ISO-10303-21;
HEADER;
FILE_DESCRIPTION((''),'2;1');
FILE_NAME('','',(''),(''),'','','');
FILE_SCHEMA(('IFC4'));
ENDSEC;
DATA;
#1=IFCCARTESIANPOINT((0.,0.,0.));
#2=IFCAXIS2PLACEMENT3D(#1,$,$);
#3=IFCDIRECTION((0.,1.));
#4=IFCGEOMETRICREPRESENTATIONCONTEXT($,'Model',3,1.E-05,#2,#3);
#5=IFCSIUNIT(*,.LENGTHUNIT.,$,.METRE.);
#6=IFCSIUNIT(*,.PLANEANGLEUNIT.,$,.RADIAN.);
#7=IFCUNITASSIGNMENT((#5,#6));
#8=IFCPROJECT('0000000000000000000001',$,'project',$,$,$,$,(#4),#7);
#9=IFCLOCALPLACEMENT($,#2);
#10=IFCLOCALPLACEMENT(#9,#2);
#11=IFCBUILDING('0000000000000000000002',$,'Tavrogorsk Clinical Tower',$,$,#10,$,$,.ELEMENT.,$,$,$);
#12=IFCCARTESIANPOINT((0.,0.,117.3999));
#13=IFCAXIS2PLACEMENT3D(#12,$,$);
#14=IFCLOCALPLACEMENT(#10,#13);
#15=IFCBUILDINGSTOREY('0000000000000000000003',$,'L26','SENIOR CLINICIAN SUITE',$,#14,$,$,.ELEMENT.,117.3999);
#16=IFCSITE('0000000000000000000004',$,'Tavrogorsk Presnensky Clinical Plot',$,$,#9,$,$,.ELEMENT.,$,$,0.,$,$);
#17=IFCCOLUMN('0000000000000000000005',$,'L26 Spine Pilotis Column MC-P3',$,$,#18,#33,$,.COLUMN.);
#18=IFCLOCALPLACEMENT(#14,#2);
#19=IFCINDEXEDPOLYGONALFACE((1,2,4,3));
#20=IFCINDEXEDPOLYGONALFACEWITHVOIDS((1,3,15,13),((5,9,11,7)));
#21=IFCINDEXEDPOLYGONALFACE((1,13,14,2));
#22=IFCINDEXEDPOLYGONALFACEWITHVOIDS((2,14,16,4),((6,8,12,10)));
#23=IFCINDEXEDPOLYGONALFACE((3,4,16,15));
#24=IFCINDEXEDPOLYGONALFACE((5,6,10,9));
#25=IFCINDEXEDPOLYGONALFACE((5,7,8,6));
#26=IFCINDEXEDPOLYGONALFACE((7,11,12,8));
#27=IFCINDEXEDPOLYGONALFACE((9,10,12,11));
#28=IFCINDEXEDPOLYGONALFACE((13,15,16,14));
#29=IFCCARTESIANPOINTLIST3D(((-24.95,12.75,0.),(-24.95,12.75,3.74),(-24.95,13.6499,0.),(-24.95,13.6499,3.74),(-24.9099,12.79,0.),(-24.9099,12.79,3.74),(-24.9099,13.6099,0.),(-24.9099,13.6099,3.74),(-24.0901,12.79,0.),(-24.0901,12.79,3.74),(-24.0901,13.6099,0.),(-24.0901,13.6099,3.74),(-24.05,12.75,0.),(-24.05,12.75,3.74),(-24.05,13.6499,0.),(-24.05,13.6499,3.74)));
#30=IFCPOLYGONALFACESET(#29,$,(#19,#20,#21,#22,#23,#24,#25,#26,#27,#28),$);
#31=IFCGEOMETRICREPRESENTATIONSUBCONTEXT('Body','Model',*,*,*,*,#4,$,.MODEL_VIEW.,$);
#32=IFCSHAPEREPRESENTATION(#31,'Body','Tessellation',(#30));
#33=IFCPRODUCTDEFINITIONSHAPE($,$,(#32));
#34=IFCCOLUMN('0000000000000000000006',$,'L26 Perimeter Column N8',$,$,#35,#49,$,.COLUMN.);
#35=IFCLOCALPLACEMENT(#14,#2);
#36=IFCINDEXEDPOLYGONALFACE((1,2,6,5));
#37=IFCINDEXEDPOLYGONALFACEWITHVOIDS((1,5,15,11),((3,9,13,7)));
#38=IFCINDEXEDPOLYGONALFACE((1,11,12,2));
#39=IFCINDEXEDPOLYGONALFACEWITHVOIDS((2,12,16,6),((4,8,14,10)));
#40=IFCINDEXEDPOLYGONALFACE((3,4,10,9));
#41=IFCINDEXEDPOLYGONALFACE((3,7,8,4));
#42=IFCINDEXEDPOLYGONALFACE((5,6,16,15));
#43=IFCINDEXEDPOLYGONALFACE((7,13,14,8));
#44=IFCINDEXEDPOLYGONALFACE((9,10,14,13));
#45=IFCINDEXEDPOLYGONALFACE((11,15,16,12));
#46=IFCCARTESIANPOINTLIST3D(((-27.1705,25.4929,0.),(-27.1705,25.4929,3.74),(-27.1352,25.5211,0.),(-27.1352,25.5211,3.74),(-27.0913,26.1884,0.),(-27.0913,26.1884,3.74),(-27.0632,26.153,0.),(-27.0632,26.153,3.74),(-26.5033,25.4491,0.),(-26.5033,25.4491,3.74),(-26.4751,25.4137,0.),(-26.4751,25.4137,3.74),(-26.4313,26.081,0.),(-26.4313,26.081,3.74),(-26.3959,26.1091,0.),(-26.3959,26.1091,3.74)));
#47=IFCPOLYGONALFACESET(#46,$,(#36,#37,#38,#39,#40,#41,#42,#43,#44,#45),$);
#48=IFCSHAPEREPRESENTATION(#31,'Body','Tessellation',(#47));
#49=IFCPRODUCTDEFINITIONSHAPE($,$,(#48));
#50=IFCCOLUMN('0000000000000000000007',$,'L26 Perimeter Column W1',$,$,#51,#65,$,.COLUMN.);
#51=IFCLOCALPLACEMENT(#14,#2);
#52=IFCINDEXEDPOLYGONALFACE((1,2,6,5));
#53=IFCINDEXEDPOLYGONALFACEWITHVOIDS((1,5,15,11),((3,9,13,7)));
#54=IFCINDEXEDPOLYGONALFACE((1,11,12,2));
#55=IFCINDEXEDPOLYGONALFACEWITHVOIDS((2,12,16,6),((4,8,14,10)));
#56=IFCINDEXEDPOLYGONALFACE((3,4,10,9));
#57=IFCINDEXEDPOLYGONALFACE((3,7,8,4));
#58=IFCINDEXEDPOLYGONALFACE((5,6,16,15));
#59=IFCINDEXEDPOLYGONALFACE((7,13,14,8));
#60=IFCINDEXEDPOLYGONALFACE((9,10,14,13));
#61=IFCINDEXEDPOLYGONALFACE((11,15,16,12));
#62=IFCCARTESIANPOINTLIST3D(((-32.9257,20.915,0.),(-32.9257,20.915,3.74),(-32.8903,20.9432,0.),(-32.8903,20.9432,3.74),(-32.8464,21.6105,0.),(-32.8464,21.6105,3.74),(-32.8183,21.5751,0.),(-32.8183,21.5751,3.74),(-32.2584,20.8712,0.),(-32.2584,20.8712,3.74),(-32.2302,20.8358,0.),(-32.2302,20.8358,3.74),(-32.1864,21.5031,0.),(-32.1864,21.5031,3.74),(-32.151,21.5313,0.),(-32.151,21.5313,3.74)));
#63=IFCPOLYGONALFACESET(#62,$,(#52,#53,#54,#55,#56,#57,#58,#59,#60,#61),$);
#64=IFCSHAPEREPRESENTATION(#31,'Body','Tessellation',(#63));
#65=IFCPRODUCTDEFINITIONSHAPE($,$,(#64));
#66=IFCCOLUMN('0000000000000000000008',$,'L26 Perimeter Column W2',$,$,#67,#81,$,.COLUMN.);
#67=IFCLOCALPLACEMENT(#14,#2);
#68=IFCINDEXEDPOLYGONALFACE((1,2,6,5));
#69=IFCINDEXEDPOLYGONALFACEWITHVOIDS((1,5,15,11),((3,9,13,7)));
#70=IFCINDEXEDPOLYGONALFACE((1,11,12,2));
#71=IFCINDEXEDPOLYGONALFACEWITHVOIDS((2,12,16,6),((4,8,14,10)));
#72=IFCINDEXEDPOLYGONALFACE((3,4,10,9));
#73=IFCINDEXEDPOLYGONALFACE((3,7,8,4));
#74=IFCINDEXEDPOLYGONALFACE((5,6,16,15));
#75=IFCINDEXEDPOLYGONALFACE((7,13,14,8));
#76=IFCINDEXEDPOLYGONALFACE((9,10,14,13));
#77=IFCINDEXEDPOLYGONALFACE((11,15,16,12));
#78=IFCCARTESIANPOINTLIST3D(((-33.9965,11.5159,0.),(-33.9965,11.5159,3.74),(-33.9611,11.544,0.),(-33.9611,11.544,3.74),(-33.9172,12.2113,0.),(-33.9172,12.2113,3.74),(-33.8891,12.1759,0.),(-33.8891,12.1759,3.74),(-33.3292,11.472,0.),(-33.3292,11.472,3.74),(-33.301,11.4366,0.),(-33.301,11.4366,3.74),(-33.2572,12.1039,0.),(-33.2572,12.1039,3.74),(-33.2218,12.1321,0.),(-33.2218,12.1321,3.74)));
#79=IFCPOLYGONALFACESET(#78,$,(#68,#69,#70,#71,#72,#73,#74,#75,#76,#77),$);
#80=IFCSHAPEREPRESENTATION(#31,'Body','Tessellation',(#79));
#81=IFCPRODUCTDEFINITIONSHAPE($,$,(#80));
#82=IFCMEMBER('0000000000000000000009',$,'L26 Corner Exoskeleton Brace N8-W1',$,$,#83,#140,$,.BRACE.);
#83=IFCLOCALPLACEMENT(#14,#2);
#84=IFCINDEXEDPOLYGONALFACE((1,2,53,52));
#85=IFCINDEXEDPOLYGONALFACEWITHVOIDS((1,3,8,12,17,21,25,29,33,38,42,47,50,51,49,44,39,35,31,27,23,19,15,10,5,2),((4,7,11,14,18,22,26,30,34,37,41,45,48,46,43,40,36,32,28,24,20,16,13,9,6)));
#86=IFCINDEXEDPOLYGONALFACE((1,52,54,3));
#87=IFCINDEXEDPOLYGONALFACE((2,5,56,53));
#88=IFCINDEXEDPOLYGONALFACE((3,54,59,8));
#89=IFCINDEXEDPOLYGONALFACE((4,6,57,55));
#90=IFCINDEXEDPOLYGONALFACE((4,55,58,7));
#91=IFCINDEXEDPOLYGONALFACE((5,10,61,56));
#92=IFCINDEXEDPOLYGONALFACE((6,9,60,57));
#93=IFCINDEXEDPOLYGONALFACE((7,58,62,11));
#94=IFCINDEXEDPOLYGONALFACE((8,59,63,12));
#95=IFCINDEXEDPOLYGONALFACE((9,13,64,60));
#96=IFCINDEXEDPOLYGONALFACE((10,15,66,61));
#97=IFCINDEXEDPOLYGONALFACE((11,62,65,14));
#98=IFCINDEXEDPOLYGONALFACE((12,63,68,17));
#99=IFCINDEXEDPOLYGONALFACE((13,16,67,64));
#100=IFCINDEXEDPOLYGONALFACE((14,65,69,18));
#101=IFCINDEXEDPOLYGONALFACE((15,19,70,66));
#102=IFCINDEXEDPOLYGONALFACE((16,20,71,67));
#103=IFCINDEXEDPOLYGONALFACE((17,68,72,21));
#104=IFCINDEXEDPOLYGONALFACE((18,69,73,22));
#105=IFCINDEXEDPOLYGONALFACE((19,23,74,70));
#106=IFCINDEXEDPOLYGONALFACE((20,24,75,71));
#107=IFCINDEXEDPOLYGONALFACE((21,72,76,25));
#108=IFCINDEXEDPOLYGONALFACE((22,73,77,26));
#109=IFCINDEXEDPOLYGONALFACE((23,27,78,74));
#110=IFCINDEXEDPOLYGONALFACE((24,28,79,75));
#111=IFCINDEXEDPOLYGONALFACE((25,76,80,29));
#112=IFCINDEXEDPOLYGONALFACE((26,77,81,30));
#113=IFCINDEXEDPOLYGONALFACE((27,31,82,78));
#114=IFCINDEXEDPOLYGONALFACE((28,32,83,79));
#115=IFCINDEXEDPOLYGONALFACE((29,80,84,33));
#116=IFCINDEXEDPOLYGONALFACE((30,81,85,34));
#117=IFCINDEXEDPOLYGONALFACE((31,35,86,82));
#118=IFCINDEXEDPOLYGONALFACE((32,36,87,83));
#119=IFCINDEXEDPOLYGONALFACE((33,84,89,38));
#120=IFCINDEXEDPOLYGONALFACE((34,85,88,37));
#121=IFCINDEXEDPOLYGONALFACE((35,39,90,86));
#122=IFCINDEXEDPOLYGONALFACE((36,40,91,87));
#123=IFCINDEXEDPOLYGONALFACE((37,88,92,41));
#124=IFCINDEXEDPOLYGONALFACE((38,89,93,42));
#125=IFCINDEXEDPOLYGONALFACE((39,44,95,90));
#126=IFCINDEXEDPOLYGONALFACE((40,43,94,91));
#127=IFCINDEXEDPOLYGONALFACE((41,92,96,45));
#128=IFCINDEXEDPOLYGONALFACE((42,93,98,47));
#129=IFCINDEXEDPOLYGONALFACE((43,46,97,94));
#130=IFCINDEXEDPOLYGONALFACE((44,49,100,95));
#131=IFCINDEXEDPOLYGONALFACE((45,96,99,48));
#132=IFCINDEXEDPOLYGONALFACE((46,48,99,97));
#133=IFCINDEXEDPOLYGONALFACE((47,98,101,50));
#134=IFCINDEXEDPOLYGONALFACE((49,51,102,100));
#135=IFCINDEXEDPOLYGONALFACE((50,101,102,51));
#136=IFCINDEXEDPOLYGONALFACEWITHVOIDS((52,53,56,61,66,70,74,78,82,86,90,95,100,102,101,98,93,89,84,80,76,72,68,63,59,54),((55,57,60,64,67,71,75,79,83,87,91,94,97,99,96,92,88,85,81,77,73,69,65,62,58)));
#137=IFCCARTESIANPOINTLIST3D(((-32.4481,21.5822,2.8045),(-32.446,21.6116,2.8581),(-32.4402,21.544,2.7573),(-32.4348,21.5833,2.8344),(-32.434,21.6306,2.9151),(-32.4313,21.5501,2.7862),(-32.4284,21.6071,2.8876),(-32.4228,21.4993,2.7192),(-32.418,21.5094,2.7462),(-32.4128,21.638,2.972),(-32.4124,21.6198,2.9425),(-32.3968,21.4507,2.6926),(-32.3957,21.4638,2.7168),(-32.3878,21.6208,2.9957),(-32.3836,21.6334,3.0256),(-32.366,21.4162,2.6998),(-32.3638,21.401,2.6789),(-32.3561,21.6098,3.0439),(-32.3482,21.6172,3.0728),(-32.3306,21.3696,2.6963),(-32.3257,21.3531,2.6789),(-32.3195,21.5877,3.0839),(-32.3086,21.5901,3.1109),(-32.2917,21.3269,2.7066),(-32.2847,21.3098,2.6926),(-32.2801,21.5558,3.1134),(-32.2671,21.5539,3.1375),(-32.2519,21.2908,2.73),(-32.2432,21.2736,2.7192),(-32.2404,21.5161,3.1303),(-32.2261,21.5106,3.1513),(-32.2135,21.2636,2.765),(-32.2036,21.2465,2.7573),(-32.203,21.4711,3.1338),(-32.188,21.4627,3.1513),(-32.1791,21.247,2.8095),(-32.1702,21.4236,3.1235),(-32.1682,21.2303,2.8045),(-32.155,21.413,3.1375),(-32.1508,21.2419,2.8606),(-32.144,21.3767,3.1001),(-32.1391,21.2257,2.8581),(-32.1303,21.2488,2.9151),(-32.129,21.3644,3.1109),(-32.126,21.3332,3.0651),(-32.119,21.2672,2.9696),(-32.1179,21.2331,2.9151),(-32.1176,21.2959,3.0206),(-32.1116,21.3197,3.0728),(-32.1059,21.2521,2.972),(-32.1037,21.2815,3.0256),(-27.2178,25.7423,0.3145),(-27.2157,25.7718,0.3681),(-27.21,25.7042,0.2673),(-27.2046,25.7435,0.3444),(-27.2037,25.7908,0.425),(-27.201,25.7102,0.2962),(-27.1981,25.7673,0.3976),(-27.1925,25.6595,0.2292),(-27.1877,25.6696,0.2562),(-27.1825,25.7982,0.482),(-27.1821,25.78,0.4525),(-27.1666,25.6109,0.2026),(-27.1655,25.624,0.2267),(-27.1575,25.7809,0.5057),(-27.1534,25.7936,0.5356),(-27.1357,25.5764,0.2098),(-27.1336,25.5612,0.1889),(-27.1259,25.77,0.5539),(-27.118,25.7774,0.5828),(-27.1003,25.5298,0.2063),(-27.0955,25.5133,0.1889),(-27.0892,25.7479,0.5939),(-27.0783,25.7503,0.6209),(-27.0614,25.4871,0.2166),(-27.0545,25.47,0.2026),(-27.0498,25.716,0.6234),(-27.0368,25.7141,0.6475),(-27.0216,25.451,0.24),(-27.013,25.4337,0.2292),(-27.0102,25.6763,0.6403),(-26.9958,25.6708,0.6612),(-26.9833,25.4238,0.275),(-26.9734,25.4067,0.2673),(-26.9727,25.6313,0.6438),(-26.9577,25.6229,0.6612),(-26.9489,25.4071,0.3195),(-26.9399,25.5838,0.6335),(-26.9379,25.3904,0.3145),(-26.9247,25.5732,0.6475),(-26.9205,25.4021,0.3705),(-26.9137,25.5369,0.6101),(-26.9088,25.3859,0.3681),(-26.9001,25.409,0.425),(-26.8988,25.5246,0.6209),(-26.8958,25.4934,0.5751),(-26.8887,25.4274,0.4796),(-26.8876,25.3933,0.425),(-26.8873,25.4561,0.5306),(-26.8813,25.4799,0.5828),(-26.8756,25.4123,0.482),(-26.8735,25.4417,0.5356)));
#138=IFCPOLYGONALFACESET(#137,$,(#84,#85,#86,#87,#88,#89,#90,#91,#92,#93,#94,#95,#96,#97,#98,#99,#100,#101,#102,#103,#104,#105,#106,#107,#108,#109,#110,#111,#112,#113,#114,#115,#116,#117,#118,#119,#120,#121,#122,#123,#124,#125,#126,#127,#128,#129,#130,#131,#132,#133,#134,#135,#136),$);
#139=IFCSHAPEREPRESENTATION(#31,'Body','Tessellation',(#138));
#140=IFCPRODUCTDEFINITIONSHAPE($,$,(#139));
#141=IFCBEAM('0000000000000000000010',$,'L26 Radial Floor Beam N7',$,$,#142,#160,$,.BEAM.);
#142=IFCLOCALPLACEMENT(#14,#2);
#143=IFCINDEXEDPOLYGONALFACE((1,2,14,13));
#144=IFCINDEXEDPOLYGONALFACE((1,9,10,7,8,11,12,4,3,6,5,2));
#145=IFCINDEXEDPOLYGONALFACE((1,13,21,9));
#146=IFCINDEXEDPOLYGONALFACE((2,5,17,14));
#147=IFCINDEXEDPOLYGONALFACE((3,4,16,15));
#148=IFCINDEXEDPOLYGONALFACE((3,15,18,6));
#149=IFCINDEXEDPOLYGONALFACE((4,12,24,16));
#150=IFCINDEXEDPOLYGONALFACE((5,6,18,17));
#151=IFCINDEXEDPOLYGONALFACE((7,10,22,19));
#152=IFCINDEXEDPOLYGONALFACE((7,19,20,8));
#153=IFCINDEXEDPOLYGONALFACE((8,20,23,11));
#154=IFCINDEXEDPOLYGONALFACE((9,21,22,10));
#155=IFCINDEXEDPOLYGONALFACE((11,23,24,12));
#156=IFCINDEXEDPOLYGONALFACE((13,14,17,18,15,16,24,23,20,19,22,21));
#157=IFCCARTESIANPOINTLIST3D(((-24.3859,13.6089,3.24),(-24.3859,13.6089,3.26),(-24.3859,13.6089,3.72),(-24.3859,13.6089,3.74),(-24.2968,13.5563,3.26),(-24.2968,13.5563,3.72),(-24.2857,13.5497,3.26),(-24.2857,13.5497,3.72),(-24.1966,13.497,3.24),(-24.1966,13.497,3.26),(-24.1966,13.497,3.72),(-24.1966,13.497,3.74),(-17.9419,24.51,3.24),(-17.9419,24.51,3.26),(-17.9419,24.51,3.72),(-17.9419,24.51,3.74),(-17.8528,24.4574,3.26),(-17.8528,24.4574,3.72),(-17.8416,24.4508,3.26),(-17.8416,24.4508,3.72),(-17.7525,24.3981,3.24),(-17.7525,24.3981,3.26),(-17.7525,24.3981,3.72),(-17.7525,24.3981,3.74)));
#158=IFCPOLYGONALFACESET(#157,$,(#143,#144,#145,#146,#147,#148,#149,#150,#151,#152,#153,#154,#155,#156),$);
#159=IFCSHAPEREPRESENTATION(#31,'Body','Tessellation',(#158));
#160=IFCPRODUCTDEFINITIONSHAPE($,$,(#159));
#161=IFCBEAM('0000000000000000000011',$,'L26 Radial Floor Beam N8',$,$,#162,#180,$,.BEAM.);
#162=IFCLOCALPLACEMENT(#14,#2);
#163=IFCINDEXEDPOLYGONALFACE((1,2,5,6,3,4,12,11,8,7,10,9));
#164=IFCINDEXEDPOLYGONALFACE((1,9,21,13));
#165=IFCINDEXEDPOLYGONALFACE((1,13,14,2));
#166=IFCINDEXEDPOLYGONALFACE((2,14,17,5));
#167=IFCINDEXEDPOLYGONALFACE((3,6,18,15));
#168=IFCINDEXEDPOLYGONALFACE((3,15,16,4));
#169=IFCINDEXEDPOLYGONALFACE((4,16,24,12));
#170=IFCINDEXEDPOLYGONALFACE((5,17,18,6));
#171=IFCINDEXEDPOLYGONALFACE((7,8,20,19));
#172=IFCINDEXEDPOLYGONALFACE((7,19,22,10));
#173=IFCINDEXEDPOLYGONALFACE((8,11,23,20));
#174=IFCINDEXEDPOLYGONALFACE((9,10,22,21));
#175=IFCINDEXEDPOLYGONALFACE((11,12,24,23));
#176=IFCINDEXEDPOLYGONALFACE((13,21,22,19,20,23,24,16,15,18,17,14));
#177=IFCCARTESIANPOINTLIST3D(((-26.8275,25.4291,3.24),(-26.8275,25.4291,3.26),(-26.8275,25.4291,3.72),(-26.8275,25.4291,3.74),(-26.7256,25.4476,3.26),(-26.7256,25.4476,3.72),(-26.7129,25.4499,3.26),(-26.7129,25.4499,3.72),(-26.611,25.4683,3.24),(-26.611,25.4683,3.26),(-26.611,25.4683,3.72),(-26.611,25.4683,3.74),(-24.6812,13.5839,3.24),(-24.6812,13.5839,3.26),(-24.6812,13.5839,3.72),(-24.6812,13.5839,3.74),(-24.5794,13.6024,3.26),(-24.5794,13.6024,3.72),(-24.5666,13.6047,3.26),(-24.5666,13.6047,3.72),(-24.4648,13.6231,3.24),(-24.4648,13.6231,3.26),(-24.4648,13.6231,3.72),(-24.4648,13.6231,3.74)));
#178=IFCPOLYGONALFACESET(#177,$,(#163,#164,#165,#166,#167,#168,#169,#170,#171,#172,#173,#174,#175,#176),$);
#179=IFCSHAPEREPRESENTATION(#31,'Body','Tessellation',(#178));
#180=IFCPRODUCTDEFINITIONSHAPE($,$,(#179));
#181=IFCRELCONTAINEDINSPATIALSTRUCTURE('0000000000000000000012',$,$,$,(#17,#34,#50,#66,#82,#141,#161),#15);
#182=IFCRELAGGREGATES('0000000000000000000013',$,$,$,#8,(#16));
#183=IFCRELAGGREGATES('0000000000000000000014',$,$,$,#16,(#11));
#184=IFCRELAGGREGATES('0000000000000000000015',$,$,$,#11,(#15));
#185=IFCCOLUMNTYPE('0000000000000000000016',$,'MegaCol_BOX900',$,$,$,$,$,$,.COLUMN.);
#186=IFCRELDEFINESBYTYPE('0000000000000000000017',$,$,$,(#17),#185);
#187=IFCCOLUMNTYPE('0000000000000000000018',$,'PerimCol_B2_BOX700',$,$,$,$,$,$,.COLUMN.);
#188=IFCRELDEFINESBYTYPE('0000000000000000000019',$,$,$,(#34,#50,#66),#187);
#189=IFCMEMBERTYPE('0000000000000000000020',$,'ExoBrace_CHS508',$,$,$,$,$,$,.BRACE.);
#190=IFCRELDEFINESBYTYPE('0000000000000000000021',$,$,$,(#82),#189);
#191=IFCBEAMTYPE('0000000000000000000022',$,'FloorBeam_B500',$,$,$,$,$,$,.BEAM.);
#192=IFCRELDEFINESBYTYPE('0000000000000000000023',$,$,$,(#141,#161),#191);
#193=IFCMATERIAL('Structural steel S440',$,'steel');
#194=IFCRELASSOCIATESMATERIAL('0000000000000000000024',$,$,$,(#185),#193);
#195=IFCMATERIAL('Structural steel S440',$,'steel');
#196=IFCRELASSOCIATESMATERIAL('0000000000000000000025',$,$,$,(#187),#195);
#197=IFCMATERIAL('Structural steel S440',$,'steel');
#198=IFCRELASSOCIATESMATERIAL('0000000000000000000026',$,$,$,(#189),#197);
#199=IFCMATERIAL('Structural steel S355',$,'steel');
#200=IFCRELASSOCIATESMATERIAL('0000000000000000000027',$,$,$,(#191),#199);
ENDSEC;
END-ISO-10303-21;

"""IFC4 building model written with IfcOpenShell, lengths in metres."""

from ifc_helpers import new_model, si_unit, direction, frame, origin, origin_2d, place, context, subcontext, project, spatial, hollow_rectangle, hollow_circle, i_section, extrude, material, material_profile, profile_set, type_object, element, save


model = new_model("IFC4")

# Units and contexts
model_context = context("Model", 3, precision=1e-05, world=origin(), true_north=direction((0.0, 1.0)))
body_context = subcontext(model_context, "Body", "Model", "MODEL_VIEW")
ifc_project = project(units=[si_unit("LENGTHUNIT", "METRE"), si_unit("PLANEANGLEUNIT", "RADIAN")], contexts=[model_context])

# Site, building, storey
site_placement = place(None, origin())
site = spatial("IfcSite", under=ifc_project, at=site_placement, Name="Tavrogorsk Presnensky Clinical Plot", CompositionType="ELEMENT", RefElevation=0.0)
building_placement = place(site_placement, origin())
building = spatial("IfcBuilding", under=site, at=building_placement, Name="Tavrogorsk Clinical Tower", CompositionType="ELEMENT")
storey_placement = place(building_placement, frame((0.0, 0.0, 117.3999)))
storey = spatial("IfcBuildingStorey", under=building, at=storey_placement, Name="L26", Description="SENIOR CLINICIAN SUITE", CompositionType="ELEMENT", Elevation=117.3999)

# Columns
ifc_material_1 = material(Name="Structural steel S440", Category="steel")
ifc_material_profile_1 = material_profile(ifc_material_1, hollow_rectangle(XDim=0.8999, YDim=0.8999, WallThickness=0.04, at=origin_2d()), Name="BOX-900x900x40")
ifc_profile_set_1 = profile_set([ifc_material_profile_1], Name="Structural steel S440")
column_type_1 = type_object("IfcColumnType", Name="MegaCol_BOX900", PredefinedType="COLUMN", material=ifc_profile_set_1)
column_placement = place(storey_placement, frame((-24.5, 13.2, 0.0), z_axis=(0.0, 0.0, 1.0), x_axis=(1.0, 0.0, 0.0)))
element("IfcColumn", 1, at=column_placement, inside=storey, type_object=column_type_1, Name="L26 Spine Pilotis Column MC-P3", PredefinedType="COLUMN", context=body_context, shape_type="SweptSolid", body=[
    extrude(hollow_rectangle(XDim=0.8999, YDim=0.8999, WallThickness=0.04, at=origin_2d()), origin(), (0.0, 0.0, 1.0), 3.74),
])
ifc_material_2 = material(Name="Structural steel S440", Category="steel")
ifc_material_profile_2 = material_profile(ifc_material_2, hollow_rectangle(XDim=0.7, YDim=0.7, WallThickness=0.032, at=origin_2d()), Name="BOX-700x700x32")
ifc_profile_set_2 = profile_set([ifc_material_profile_2], Name="Structural steel S440")
column_type_2 = type_object("IfcColumnType", Name="PerimCol_B2_BOX700", PredefinedType="COLUMN", material=ifc_profile_set_2)
for number, where, z_axis, x_axis, name in (
    (2, (-26.7832, 25.801, 0.0), (0.0, 0.0, 1.0), (0.993572, -0.113203, 0.0), "L26 Perimeter Column N8"),
    (3, (-32.5383, 21.2231, 0.0), (0.0, 0.0, 1.0), (0.993572, -0.113203, 0.0), "L26 Perimeter Column W1"),
    (4, (-33.6091, 11.824, 0.0), (0.0, 0.0, 1.0), (0.993572, -0.113203, 0.0), "L26 Perimeter Column W2"),
):
    element("IfcColumn", number, at=place(storey_placement, frame(where, z_axis=z_axis, x_axis=x_axis)), inside=storey, type_object=column_type_2, Name=name, PredefinedType="COLUMN", context=body_context, shape_type="SweptSolid", body=[
        extrude(hollow_rectangle(XDim=0.7, YDim=0.7, WallThickness=0.032, at=origin_2d()), origin(), (0.0, 0.0, 1.0), 3.74),
    ])

# Member
ifc_material_3 = material(Name="Structural steel S440", Category="steel")
ifc_material_profile_3 = material_profile(ifc_material_3, hollow_circle(Radius=0.2539, WallThickness=0.02, at=origin_2d()), Name="CHS-508x20")
ifc_profile_set_3 = profile_set([ifc_material_profile_3], Name="Structural steel S440")
member_type_1 = type_object("IfcMemberType", Name="ExoBrace_CHS508", PredefinedType="BRACE", material=ifc_profile_set_3)
member_1_placement = place(storey_placement, frame((-27.0457, 25.592, 0.425), z_axis=(-0.733369, -0.583327, 0.34914), x_axis=(0.622501, -0.782619, 0.0)))
element("IfcMember", 5, at=member_1_placement, inside=storey, type_object=member_type_1, Name="L26 Corner Exoskeleton Brace N8-W1", PredefinedType="BRACE", context=body_context, shape_type="SweptSolid", body=[
    extrude(hollow_circle(Radius=0.2539, WallThickness=0.02, at=origin_2d()), origin(), (0.0, 0.0, 1.0), 7.1318),
])

# Beams
ifc_material_4 = material(Name="Structural steel S355", Category="steel")
ifc_material_profile_4 = material_profile(ifc_material_4, i_section(OverallWidth=0.22, OverallDepth=0.5, WebThickness=0.0129, FlangeThickness=0.02, at=origin_2d()), Name="B-500x220x13x20")
ifc_profile_set_4 = profile_set([ifc_material_profile_4], Name="Structural steel S355")
beam_type_1 = type_object("IfcBeamType", Name="FloorBeam_B500", PredefinedType="BEAM", material=ifc_profile_set_4)
beam_1_placement = place(storey_placement, frame((-24.2913, 13.553, 3.49), z_axis=(0.508877, 0.860839, 0.0), x_axis=(-0.860839, 0.508877, 0.0)))
element("IfcBeam", 6, at=beam_1_placement, inside=storey, type_object=beam_type_1, Name="L26 Radial Floor Beam N7", PredefinedType="BEAM", context=body_context, shape_type="SweptSolid", body=[
    extrude(i_section(OverallWidth=0.22, OverallDepth=0.5, WebThickness=0.0129, FlangeThickness=0.02, at=origin_2d()), origin(), (0.0, 0.0, 1.0), 12.6633),
])
beam_2_placement = place(storey_placement, frame((-24.573, 13.6035, 3.49), z_axis=(-0.178288, 0.983978, 0.0), x_axis=(-0.983978, -0.178288, 0.0)))
element("IfcBeam", 7, at=beam_2_placement, inside=storey, type_object=beam_type_1, Name="L26 Radial Floor Beam N8", PredefinedType="BEAM", context=body_context, shape_type="SweptSolid", body=[
    extrude(i_section(OverallWidth=0.22, OverallDepth=0.5, WebThickness=0.0129, FlangeThickness=0.02, at=origin_2d()), origin(), (0.0, 0.0, 1.0), 12.0381),
])

save(model, "model.ifc")
